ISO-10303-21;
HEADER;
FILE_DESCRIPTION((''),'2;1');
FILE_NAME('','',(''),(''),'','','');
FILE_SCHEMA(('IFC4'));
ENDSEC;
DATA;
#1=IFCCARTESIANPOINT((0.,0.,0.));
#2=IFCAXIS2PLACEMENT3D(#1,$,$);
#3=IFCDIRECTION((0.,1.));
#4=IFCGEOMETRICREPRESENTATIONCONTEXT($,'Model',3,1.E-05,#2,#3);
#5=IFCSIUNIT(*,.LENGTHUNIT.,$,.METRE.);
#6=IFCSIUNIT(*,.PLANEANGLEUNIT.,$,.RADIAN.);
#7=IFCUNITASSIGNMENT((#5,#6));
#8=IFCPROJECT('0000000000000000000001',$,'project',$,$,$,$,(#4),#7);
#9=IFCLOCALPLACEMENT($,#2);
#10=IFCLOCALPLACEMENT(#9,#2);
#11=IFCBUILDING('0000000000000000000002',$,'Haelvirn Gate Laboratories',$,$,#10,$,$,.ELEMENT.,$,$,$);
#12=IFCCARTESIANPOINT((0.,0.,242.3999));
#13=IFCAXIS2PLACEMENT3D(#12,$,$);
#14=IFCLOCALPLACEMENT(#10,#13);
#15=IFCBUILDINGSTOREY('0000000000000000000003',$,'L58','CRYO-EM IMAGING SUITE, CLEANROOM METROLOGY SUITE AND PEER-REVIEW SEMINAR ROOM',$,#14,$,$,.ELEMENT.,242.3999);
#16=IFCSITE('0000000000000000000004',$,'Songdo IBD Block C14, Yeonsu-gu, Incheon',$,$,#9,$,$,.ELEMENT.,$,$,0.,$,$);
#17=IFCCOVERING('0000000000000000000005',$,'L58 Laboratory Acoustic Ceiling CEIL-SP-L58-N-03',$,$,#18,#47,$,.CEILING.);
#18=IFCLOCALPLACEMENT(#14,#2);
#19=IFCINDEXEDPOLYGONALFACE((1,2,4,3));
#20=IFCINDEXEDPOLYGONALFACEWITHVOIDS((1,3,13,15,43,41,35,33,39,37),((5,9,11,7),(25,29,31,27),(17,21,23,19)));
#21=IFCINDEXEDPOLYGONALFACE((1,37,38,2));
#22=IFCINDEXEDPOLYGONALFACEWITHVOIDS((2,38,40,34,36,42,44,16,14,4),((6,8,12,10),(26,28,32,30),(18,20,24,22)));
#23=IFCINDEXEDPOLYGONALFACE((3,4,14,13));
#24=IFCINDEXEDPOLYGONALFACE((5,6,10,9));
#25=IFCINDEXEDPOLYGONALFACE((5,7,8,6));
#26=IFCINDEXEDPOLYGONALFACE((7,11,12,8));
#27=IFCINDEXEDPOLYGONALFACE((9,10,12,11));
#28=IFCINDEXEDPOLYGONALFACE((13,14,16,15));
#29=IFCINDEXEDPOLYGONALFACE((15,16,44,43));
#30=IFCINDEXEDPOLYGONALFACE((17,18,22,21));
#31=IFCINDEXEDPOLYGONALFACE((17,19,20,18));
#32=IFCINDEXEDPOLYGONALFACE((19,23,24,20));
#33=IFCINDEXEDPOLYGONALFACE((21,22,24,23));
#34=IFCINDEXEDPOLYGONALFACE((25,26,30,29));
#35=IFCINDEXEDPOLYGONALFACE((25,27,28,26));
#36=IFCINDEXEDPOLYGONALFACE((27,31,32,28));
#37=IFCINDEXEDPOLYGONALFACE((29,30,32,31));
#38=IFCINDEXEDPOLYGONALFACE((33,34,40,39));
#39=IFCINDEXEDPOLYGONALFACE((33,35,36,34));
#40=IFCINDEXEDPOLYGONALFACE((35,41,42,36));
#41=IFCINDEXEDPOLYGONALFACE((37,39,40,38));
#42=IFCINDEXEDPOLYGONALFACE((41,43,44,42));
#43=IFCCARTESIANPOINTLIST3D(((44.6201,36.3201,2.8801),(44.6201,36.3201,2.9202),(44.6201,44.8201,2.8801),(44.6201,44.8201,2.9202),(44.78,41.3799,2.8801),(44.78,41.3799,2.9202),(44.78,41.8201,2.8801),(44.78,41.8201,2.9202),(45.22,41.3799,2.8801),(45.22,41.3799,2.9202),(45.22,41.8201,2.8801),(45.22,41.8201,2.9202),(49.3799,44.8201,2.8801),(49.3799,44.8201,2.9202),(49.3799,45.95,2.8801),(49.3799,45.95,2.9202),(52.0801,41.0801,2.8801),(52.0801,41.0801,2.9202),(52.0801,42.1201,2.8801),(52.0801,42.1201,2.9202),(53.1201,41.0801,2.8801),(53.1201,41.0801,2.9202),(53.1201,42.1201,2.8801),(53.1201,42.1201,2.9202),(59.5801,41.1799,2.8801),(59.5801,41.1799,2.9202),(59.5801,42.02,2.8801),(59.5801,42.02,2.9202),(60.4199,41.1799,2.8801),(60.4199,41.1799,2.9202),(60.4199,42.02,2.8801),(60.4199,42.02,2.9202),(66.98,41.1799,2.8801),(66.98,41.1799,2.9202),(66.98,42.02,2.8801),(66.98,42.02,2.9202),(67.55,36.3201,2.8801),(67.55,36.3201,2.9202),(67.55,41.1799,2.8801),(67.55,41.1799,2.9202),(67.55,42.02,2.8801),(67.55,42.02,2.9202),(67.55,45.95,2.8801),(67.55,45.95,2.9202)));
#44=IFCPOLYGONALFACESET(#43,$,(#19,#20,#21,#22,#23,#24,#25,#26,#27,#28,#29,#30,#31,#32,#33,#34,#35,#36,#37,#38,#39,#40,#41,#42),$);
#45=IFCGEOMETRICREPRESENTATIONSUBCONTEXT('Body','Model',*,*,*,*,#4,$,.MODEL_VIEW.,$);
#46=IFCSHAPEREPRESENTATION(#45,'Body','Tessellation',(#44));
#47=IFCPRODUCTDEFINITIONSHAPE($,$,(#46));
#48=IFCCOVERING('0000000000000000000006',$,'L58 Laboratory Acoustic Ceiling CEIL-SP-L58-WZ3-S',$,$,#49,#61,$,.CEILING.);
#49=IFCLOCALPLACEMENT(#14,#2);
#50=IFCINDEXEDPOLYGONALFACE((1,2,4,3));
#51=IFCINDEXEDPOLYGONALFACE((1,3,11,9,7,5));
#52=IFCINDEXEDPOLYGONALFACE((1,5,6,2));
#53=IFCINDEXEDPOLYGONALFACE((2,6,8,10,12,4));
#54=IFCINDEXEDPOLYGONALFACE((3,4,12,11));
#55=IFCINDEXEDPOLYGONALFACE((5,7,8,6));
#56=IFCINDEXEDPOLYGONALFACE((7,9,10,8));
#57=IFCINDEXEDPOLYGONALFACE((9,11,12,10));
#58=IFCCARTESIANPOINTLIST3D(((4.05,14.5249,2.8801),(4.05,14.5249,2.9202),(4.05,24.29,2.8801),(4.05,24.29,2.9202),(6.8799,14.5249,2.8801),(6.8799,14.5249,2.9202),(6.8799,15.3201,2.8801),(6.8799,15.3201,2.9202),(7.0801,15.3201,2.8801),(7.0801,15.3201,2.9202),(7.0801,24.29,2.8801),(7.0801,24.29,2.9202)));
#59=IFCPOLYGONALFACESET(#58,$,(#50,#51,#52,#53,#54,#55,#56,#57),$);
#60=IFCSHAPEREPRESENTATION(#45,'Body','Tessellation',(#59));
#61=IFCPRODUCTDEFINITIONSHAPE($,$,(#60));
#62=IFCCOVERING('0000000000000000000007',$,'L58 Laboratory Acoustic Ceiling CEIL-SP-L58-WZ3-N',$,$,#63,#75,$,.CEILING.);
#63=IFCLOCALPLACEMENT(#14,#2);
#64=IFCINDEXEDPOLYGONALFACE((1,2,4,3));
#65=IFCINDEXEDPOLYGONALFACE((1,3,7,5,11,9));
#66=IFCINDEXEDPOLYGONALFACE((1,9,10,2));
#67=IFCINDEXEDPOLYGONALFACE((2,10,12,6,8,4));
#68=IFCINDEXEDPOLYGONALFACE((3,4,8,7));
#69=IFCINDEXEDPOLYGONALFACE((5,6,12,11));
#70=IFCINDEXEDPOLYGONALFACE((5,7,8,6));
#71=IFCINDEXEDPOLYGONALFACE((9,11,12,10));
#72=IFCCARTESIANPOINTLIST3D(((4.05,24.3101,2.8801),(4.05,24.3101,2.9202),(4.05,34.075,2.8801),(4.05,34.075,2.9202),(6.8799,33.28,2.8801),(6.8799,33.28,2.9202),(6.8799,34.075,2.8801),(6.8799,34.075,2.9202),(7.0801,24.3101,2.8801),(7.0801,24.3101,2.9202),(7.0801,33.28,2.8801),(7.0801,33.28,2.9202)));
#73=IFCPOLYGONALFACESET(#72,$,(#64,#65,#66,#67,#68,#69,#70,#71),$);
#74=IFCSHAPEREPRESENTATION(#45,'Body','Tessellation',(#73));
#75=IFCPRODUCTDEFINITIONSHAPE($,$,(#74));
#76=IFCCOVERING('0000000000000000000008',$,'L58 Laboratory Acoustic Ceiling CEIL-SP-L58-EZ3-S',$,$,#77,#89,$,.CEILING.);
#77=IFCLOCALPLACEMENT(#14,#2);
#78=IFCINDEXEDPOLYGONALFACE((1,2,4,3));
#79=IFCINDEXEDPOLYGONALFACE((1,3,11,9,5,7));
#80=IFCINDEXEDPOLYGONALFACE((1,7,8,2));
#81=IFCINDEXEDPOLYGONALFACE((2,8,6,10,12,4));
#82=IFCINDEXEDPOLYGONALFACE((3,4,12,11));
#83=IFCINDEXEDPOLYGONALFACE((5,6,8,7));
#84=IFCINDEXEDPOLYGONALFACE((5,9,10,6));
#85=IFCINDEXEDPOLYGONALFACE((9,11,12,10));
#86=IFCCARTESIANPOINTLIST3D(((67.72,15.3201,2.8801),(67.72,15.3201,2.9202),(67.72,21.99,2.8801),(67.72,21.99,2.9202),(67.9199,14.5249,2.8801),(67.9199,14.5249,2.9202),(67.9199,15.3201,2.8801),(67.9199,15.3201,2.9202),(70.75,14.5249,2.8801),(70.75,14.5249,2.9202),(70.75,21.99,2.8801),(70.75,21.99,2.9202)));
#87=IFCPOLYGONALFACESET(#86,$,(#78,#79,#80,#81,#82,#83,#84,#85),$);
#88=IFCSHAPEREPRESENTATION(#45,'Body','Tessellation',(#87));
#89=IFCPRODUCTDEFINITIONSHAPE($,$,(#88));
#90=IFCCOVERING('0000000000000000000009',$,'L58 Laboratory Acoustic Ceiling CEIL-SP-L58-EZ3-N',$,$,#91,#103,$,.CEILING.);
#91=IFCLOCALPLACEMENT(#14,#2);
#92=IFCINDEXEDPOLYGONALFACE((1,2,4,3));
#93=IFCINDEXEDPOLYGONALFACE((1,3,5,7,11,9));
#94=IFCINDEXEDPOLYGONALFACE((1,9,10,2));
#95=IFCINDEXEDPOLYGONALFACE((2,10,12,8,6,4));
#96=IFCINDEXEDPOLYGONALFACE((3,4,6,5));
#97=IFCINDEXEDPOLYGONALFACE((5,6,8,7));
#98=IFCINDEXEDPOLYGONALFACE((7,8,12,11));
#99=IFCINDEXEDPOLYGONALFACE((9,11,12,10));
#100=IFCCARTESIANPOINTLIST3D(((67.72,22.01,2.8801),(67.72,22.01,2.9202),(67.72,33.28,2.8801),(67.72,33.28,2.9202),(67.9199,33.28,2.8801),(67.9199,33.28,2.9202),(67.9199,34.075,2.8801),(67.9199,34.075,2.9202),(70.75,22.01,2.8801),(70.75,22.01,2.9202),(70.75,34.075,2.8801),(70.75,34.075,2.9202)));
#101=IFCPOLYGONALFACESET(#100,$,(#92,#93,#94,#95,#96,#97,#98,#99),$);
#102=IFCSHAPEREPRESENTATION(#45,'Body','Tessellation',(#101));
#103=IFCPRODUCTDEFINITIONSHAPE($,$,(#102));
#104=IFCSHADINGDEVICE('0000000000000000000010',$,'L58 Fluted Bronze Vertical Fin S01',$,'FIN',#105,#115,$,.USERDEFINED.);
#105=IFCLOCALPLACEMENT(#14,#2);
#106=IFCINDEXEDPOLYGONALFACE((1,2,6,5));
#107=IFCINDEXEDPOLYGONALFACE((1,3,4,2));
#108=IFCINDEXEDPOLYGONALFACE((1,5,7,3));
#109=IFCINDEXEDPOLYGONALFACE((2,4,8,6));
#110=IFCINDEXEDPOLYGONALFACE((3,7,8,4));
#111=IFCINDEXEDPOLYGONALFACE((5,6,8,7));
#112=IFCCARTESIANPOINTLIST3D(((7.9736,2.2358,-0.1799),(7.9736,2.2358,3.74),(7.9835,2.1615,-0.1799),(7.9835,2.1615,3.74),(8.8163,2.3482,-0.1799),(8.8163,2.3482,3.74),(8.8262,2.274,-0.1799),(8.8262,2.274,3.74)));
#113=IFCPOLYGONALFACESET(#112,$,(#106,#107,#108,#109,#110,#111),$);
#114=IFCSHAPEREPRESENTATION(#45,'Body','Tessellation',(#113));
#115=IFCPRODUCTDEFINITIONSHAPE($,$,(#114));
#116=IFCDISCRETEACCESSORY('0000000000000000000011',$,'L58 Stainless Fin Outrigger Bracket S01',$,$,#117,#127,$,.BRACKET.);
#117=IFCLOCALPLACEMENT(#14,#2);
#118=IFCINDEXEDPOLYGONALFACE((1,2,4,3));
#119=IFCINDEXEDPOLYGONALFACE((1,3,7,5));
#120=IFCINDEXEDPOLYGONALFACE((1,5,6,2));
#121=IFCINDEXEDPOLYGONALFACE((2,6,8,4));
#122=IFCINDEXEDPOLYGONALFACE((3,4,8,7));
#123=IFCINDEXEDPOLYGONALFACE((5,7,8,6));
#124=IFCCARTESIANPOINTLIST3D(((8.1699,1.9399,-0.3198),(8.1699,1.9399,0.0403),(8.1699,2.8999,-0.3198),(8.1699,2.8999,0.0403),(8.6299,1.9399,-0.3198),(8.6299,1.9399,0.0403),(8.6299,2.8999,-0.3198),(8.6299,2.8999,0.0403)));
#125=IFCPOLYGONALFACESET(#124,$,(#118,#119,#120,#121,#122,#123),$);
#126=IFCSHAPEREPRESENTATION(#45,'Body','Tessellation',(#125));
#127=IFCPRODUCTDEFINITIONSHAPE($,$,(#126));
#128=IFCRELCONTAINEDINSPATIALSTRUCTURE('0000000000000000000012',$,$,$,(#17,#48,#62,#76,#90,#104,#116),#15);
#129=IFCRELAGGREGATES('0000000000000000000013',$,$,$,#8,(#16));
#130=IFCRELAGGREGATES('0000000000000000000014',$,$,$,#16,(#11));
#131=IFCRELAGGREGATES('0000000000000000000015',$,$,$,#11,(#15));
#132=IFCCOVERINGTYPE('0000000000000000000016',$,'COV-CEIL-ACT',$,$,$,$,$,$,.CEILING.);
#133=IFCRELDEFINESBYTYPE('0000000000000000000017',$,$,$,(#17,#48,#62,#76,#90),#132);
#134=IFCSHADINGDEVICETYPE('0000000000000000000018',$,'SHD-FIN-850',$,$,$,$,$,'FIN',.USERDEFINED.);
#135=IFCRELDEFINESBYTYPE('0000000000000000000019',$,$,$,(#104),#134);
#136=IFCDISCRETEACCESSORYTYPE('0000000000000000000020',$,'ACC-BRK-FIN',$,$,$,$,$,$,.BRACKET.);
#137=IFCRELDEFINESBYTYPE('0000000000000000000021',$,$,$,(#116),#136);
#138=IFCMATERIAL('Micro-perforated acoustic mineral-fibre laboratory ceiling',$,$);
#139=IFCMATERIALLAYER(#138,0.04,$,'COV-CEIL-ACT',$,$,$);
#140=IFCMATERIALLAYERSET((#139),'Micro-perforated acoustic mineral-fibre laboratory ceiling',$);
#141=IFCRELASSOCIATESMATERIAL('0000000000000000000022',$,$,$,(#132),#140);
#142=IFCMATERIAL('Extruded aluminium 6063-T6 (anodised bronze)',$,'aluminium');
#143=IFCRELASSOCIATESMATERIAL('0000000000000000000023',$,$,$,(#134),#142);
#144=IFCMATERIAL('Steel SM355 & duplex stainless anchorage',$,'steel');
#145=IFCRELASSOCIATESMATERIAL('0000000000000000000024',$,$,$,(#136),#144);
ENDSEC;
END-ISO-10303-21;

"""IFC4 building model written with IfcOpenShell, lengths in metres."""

from ifc_helpers import new_model, si_unit, direction, frame, origin, origin_2d, place, context, subcontext, project, spatial, polyline, rectangle, outline, extrude, source, transform, mapped, material, layer, layer_set, material_profile, profile_set, type_object, type_shapes, element, save


model = new_model("IFC4")

# Units and contexts
model_context = context("Model", 3, precision=1e-05, world=origin(), true_north=direction((0.0, 1.0)))
body_context = subcontext(model_context, "Body", "Model", "MODEL_VIEW")
ifc_project = project(units=[si_unit("LENGTHUNIT", "METRE"), si_unit("PLANEANGLEUNIT", "RADIAN")], contexts=[model_context])

# Site, building, storey
site_placement = place(None, origin())
site = spatial("IfcSite", under=ifc_project, at=site_placement, Name="Songdo IBD Block C14, Yeonsu-gu, Incheon", CompositionType="ELEMENT", RefElevation=0.0)
building_placement = place(site_placement, origin())
building = spatial("IfcBuilding", under=site, at=building_placement, Name="Haelvirn Gate Laboratories", CompositionType="ELEMENT")
storey_placement = place(building_placement, frame((0.0, 0.0, 242.3999)))
storey = spatial("IfcBuildingStorey", under=building, at=storey_placement, Name="L58", Description="CRYO-EM IMAGING SUITE, CLEANROOM METROLOGY SUITE AND PEER-REVIEW SEMINAR ROOM", CompositionType="ELEMENT", Elevation=242.3999)

# Shared definitions
ifc_material_1 = material(Name="Extruded aluminium 6063-T6 (anodised bronze)", Category="aluminium")

# Coverings
ifc_material_2 = material(Name="Micro-perforated acoustic mineral-fibre laboratory ceiling")
ifc_layer_1 = layer(ifc_material_2, 0.04, Name="COV-CEIL-ACT")
ifc_layer_set_1 = layer_set([ifc_layer_1], Name="Micro-perforated acoustic mineral-fibre laboratory ceiling")
covering_type = type_object("IfcCoveringType", Name="COV-CEIL-ACT", PredefinedType="CEILING", material=ifc_layer_set_1)
covering_1_placement = place(storey_placement, frame((0.0, 0.0, 2.8801)))
element("IfcCovering", 1, at=covering_1_placement, inside=storey, type_object=covering_type, Name="L58 Laboratory Acoustic Ceiling CEIL-SP-L58-N-03", PredefinedType="CEILING", context=body_context, shape_type="SweptSolid", body=[
    extrude(outline(polyline([(66.98, 42.02), (66.98, 41.1799), (67.55, 41.1799), (67.55, 36.3201), (44.6201, 36.3201), (44.6201, 44.8201), (49.3799, 44.8201), (49.3799, 45.95), (67.55, 45.95), (67.55, 42.02), (66.98, 42.02)]), holes=[polyline([(53.1201, 41.0801), (53.1201, 42.1201), (52.0801, 42.1201), (52.0801, 41.0801), (53.1201, 41.0801)]), polyline([(59.5801, 41.1799), (60.4199, 41.1799), (60.4199, 42.02), (59.5801, 42.02), (59.5801, 41.1799)]), polyline([(45.22, 41.8201), (44.78, 41.8201), (44.78, 41.3799), (45.22, 41.3799), (45.22, 41.8201)])]), origin(), (0.0, 0.0, 1.0), 0.04),
])
covering_2_placement = place(storey_placement, frame((0.0, 0.0, 2.8801)))
element("IfcCovering", 2, at=covering_2_placement, inside=storey, type_object=covering_type, Name="L58 Laboratory Acoustic Ceiling CEIL-SP-L58-WZ3-S", PredefinedType="CEILING", context=body_context, shape_type="SweptSolid", body=[
    extrude(outline(polyline([(7.0801, 24.29), (7.0801, 15.3201), (6.8799, 15.3201), (6.8799, 14.5249), (4.05, 14.5249), (4.05, 24.29), (7.0801, 24.29)])), origin(), (0.0, 0.0, 1.0), 0.04),
])
covering_3_placement = place(storey_placement, frame((0.0, 0.0, 2.8801)))
element("IfcCovering", 3, at=covering_3_placement, inside=storey, type_object=covering_type, Name="L58 Laboratory Acoustic Ceiling CEIL-SP-L58-WZ3-N", PredefinedType="CEILING", context=body_context, shape_type="SweptSolid", body=[
    extrude(outline(polyline([(6.8799, 34.075), (6.8799, 33.28), (7.0801, 33.28), (7.0801, 24.3101), (4.05, 24.3101), (4.05, 34.075), (6.8799, 34.075)])), origin(), (0.0, 0.0, 1.0), 0.04),
])
covering_4_placement = place(storey_placement, frame((0.0, 0.0, 2.8801)))
element("IfcCovering", 4, at=covering_4_placement, inside=storey, type_object=covering_type, Name="L58 Laboratory Acoustic Ceiling CEIL-SP-L58-EZ3-S", PredefinedType="CEILING", context=body_context, shape_type="SweptSolid", body=[
    extrude(outline(polyline([(70.75, 21.99), (70.75, 14.5249), (67.9199, 14.5249), (67.9199, 15.3201), (67.72, 15.3201), (67.72, 21.99), (70.75, 21.99)])), origin(), (0.0, 0.0, 1.0), 0.04),
])
covering_5_placement = place(storey_placement, frame((0.0, 0.0, 2.8801)))
element("IfcCovering", 5, at=covering_5_placement, inside=storey, type_object=covering_type, Name="L58 Laboratory Acoustic Ceiling CEIL-SP-L58-EZ3-N", PredefinedType="CEILING", context=body_context, shape_type="SweptSolid", body=[
    extrude(outline(polyline([(70.75, 34.075), (70.75, 22.01), (67.72, 22.01), (67.72, 33.28), (67.9199, 33.28), (67.9199, 34.075), (70.75, 34.075)])), origin(), (0.0, 0.0, 1.0), 0.04),
])

# Shading device
ifc_material_profile_1 = material_profile(ifc_material_1, rectangle(XDim=0.075, YDim=0.8501, at=origin_2d()), Name="FIN-850x75")
ifc_profile_set_1 = profile_set([ifc_material_profile_1], Name="Extruded aluminium 6063-T6 (anodised bronze)")
shading_device_type = type_object("IfcShadingDeviceType", Name="SHD-FIN-850", ElementType="FIN", PredefinedType="USERDEFINED", material=ifc_profile_set_1)
shared_shape_1 = source(origin(), body_context, "Body", "SweptSolid", [
    extrude(rectangle(XDim=0.075, YDim=0.8501, at=origin_2d()), origin(), (0.0, 0.0, 1.0), 3.9199),
])
type_shapes(shading_device_type, [shared_shape_1])
shading_device_placement = place(storey_placement, frame((8.3999, 2.2549, -0.1799), z_axis=(0.0, 0.0, 1.0), x_axis=(-0.132256, 0.991216, 0.0)))
element("IfcShadingDevice", 6, at=shading_device_placement, inside=storey, type_object=shading_device_type, Name="L58 Fluted Bronze Vertical Fin S01", ObjectType="FIN", PredefinedType="USERDEFINED", context=body_context, shape_type="MappedRepresentation", body=[
    mapped(shared_shape_1, transform((0.0, 0.0, 0.0), scale=1.0)),
])

# Discrete accessory
ifc_material_3 = material(Name="Steel SM355 & duplex stainless anchorage", Category="steel")
discrete_accessory_type = type_object("IfcDiscreteAccessoryType", Name="ACC-BRK-FIN", PredefinedType="BRACKET", material=ifc_material_3)
shared_shape_2 = source(origin(), body_context, "Body", "SweptSolid", [
    extrude(rectangle(XDim=0.46, YDim=0.96, at=origin_2d()), origin(), (0.0, 0.0, 1.0), 0.3601),
])
type_shapes(discrete_accessory_type, [shared_shape_2])
discrete_accessory_placement = place(storey_placement, frame((8.3999, 2.4199, -0.3198), z_axis=(0.0, 0.0, 1.0), x_axis=(1.0, 0.0, 0.0)))
element("IfcDiscreteAccessory", 7, at=discrete_accessory_placement, inside=storey, type_object=discrete_accessory_type, Name="L58 Stainless Fin Outrigger Bracket S01", PredefinedType="BRACKET", context=body_context, shape_type="MappedRepresentation", body=[
    mapped(shared_shape_2, transform((0.0, 0.0, 0.0), scale=1.0)),
])

save(model, "model.ifc")
